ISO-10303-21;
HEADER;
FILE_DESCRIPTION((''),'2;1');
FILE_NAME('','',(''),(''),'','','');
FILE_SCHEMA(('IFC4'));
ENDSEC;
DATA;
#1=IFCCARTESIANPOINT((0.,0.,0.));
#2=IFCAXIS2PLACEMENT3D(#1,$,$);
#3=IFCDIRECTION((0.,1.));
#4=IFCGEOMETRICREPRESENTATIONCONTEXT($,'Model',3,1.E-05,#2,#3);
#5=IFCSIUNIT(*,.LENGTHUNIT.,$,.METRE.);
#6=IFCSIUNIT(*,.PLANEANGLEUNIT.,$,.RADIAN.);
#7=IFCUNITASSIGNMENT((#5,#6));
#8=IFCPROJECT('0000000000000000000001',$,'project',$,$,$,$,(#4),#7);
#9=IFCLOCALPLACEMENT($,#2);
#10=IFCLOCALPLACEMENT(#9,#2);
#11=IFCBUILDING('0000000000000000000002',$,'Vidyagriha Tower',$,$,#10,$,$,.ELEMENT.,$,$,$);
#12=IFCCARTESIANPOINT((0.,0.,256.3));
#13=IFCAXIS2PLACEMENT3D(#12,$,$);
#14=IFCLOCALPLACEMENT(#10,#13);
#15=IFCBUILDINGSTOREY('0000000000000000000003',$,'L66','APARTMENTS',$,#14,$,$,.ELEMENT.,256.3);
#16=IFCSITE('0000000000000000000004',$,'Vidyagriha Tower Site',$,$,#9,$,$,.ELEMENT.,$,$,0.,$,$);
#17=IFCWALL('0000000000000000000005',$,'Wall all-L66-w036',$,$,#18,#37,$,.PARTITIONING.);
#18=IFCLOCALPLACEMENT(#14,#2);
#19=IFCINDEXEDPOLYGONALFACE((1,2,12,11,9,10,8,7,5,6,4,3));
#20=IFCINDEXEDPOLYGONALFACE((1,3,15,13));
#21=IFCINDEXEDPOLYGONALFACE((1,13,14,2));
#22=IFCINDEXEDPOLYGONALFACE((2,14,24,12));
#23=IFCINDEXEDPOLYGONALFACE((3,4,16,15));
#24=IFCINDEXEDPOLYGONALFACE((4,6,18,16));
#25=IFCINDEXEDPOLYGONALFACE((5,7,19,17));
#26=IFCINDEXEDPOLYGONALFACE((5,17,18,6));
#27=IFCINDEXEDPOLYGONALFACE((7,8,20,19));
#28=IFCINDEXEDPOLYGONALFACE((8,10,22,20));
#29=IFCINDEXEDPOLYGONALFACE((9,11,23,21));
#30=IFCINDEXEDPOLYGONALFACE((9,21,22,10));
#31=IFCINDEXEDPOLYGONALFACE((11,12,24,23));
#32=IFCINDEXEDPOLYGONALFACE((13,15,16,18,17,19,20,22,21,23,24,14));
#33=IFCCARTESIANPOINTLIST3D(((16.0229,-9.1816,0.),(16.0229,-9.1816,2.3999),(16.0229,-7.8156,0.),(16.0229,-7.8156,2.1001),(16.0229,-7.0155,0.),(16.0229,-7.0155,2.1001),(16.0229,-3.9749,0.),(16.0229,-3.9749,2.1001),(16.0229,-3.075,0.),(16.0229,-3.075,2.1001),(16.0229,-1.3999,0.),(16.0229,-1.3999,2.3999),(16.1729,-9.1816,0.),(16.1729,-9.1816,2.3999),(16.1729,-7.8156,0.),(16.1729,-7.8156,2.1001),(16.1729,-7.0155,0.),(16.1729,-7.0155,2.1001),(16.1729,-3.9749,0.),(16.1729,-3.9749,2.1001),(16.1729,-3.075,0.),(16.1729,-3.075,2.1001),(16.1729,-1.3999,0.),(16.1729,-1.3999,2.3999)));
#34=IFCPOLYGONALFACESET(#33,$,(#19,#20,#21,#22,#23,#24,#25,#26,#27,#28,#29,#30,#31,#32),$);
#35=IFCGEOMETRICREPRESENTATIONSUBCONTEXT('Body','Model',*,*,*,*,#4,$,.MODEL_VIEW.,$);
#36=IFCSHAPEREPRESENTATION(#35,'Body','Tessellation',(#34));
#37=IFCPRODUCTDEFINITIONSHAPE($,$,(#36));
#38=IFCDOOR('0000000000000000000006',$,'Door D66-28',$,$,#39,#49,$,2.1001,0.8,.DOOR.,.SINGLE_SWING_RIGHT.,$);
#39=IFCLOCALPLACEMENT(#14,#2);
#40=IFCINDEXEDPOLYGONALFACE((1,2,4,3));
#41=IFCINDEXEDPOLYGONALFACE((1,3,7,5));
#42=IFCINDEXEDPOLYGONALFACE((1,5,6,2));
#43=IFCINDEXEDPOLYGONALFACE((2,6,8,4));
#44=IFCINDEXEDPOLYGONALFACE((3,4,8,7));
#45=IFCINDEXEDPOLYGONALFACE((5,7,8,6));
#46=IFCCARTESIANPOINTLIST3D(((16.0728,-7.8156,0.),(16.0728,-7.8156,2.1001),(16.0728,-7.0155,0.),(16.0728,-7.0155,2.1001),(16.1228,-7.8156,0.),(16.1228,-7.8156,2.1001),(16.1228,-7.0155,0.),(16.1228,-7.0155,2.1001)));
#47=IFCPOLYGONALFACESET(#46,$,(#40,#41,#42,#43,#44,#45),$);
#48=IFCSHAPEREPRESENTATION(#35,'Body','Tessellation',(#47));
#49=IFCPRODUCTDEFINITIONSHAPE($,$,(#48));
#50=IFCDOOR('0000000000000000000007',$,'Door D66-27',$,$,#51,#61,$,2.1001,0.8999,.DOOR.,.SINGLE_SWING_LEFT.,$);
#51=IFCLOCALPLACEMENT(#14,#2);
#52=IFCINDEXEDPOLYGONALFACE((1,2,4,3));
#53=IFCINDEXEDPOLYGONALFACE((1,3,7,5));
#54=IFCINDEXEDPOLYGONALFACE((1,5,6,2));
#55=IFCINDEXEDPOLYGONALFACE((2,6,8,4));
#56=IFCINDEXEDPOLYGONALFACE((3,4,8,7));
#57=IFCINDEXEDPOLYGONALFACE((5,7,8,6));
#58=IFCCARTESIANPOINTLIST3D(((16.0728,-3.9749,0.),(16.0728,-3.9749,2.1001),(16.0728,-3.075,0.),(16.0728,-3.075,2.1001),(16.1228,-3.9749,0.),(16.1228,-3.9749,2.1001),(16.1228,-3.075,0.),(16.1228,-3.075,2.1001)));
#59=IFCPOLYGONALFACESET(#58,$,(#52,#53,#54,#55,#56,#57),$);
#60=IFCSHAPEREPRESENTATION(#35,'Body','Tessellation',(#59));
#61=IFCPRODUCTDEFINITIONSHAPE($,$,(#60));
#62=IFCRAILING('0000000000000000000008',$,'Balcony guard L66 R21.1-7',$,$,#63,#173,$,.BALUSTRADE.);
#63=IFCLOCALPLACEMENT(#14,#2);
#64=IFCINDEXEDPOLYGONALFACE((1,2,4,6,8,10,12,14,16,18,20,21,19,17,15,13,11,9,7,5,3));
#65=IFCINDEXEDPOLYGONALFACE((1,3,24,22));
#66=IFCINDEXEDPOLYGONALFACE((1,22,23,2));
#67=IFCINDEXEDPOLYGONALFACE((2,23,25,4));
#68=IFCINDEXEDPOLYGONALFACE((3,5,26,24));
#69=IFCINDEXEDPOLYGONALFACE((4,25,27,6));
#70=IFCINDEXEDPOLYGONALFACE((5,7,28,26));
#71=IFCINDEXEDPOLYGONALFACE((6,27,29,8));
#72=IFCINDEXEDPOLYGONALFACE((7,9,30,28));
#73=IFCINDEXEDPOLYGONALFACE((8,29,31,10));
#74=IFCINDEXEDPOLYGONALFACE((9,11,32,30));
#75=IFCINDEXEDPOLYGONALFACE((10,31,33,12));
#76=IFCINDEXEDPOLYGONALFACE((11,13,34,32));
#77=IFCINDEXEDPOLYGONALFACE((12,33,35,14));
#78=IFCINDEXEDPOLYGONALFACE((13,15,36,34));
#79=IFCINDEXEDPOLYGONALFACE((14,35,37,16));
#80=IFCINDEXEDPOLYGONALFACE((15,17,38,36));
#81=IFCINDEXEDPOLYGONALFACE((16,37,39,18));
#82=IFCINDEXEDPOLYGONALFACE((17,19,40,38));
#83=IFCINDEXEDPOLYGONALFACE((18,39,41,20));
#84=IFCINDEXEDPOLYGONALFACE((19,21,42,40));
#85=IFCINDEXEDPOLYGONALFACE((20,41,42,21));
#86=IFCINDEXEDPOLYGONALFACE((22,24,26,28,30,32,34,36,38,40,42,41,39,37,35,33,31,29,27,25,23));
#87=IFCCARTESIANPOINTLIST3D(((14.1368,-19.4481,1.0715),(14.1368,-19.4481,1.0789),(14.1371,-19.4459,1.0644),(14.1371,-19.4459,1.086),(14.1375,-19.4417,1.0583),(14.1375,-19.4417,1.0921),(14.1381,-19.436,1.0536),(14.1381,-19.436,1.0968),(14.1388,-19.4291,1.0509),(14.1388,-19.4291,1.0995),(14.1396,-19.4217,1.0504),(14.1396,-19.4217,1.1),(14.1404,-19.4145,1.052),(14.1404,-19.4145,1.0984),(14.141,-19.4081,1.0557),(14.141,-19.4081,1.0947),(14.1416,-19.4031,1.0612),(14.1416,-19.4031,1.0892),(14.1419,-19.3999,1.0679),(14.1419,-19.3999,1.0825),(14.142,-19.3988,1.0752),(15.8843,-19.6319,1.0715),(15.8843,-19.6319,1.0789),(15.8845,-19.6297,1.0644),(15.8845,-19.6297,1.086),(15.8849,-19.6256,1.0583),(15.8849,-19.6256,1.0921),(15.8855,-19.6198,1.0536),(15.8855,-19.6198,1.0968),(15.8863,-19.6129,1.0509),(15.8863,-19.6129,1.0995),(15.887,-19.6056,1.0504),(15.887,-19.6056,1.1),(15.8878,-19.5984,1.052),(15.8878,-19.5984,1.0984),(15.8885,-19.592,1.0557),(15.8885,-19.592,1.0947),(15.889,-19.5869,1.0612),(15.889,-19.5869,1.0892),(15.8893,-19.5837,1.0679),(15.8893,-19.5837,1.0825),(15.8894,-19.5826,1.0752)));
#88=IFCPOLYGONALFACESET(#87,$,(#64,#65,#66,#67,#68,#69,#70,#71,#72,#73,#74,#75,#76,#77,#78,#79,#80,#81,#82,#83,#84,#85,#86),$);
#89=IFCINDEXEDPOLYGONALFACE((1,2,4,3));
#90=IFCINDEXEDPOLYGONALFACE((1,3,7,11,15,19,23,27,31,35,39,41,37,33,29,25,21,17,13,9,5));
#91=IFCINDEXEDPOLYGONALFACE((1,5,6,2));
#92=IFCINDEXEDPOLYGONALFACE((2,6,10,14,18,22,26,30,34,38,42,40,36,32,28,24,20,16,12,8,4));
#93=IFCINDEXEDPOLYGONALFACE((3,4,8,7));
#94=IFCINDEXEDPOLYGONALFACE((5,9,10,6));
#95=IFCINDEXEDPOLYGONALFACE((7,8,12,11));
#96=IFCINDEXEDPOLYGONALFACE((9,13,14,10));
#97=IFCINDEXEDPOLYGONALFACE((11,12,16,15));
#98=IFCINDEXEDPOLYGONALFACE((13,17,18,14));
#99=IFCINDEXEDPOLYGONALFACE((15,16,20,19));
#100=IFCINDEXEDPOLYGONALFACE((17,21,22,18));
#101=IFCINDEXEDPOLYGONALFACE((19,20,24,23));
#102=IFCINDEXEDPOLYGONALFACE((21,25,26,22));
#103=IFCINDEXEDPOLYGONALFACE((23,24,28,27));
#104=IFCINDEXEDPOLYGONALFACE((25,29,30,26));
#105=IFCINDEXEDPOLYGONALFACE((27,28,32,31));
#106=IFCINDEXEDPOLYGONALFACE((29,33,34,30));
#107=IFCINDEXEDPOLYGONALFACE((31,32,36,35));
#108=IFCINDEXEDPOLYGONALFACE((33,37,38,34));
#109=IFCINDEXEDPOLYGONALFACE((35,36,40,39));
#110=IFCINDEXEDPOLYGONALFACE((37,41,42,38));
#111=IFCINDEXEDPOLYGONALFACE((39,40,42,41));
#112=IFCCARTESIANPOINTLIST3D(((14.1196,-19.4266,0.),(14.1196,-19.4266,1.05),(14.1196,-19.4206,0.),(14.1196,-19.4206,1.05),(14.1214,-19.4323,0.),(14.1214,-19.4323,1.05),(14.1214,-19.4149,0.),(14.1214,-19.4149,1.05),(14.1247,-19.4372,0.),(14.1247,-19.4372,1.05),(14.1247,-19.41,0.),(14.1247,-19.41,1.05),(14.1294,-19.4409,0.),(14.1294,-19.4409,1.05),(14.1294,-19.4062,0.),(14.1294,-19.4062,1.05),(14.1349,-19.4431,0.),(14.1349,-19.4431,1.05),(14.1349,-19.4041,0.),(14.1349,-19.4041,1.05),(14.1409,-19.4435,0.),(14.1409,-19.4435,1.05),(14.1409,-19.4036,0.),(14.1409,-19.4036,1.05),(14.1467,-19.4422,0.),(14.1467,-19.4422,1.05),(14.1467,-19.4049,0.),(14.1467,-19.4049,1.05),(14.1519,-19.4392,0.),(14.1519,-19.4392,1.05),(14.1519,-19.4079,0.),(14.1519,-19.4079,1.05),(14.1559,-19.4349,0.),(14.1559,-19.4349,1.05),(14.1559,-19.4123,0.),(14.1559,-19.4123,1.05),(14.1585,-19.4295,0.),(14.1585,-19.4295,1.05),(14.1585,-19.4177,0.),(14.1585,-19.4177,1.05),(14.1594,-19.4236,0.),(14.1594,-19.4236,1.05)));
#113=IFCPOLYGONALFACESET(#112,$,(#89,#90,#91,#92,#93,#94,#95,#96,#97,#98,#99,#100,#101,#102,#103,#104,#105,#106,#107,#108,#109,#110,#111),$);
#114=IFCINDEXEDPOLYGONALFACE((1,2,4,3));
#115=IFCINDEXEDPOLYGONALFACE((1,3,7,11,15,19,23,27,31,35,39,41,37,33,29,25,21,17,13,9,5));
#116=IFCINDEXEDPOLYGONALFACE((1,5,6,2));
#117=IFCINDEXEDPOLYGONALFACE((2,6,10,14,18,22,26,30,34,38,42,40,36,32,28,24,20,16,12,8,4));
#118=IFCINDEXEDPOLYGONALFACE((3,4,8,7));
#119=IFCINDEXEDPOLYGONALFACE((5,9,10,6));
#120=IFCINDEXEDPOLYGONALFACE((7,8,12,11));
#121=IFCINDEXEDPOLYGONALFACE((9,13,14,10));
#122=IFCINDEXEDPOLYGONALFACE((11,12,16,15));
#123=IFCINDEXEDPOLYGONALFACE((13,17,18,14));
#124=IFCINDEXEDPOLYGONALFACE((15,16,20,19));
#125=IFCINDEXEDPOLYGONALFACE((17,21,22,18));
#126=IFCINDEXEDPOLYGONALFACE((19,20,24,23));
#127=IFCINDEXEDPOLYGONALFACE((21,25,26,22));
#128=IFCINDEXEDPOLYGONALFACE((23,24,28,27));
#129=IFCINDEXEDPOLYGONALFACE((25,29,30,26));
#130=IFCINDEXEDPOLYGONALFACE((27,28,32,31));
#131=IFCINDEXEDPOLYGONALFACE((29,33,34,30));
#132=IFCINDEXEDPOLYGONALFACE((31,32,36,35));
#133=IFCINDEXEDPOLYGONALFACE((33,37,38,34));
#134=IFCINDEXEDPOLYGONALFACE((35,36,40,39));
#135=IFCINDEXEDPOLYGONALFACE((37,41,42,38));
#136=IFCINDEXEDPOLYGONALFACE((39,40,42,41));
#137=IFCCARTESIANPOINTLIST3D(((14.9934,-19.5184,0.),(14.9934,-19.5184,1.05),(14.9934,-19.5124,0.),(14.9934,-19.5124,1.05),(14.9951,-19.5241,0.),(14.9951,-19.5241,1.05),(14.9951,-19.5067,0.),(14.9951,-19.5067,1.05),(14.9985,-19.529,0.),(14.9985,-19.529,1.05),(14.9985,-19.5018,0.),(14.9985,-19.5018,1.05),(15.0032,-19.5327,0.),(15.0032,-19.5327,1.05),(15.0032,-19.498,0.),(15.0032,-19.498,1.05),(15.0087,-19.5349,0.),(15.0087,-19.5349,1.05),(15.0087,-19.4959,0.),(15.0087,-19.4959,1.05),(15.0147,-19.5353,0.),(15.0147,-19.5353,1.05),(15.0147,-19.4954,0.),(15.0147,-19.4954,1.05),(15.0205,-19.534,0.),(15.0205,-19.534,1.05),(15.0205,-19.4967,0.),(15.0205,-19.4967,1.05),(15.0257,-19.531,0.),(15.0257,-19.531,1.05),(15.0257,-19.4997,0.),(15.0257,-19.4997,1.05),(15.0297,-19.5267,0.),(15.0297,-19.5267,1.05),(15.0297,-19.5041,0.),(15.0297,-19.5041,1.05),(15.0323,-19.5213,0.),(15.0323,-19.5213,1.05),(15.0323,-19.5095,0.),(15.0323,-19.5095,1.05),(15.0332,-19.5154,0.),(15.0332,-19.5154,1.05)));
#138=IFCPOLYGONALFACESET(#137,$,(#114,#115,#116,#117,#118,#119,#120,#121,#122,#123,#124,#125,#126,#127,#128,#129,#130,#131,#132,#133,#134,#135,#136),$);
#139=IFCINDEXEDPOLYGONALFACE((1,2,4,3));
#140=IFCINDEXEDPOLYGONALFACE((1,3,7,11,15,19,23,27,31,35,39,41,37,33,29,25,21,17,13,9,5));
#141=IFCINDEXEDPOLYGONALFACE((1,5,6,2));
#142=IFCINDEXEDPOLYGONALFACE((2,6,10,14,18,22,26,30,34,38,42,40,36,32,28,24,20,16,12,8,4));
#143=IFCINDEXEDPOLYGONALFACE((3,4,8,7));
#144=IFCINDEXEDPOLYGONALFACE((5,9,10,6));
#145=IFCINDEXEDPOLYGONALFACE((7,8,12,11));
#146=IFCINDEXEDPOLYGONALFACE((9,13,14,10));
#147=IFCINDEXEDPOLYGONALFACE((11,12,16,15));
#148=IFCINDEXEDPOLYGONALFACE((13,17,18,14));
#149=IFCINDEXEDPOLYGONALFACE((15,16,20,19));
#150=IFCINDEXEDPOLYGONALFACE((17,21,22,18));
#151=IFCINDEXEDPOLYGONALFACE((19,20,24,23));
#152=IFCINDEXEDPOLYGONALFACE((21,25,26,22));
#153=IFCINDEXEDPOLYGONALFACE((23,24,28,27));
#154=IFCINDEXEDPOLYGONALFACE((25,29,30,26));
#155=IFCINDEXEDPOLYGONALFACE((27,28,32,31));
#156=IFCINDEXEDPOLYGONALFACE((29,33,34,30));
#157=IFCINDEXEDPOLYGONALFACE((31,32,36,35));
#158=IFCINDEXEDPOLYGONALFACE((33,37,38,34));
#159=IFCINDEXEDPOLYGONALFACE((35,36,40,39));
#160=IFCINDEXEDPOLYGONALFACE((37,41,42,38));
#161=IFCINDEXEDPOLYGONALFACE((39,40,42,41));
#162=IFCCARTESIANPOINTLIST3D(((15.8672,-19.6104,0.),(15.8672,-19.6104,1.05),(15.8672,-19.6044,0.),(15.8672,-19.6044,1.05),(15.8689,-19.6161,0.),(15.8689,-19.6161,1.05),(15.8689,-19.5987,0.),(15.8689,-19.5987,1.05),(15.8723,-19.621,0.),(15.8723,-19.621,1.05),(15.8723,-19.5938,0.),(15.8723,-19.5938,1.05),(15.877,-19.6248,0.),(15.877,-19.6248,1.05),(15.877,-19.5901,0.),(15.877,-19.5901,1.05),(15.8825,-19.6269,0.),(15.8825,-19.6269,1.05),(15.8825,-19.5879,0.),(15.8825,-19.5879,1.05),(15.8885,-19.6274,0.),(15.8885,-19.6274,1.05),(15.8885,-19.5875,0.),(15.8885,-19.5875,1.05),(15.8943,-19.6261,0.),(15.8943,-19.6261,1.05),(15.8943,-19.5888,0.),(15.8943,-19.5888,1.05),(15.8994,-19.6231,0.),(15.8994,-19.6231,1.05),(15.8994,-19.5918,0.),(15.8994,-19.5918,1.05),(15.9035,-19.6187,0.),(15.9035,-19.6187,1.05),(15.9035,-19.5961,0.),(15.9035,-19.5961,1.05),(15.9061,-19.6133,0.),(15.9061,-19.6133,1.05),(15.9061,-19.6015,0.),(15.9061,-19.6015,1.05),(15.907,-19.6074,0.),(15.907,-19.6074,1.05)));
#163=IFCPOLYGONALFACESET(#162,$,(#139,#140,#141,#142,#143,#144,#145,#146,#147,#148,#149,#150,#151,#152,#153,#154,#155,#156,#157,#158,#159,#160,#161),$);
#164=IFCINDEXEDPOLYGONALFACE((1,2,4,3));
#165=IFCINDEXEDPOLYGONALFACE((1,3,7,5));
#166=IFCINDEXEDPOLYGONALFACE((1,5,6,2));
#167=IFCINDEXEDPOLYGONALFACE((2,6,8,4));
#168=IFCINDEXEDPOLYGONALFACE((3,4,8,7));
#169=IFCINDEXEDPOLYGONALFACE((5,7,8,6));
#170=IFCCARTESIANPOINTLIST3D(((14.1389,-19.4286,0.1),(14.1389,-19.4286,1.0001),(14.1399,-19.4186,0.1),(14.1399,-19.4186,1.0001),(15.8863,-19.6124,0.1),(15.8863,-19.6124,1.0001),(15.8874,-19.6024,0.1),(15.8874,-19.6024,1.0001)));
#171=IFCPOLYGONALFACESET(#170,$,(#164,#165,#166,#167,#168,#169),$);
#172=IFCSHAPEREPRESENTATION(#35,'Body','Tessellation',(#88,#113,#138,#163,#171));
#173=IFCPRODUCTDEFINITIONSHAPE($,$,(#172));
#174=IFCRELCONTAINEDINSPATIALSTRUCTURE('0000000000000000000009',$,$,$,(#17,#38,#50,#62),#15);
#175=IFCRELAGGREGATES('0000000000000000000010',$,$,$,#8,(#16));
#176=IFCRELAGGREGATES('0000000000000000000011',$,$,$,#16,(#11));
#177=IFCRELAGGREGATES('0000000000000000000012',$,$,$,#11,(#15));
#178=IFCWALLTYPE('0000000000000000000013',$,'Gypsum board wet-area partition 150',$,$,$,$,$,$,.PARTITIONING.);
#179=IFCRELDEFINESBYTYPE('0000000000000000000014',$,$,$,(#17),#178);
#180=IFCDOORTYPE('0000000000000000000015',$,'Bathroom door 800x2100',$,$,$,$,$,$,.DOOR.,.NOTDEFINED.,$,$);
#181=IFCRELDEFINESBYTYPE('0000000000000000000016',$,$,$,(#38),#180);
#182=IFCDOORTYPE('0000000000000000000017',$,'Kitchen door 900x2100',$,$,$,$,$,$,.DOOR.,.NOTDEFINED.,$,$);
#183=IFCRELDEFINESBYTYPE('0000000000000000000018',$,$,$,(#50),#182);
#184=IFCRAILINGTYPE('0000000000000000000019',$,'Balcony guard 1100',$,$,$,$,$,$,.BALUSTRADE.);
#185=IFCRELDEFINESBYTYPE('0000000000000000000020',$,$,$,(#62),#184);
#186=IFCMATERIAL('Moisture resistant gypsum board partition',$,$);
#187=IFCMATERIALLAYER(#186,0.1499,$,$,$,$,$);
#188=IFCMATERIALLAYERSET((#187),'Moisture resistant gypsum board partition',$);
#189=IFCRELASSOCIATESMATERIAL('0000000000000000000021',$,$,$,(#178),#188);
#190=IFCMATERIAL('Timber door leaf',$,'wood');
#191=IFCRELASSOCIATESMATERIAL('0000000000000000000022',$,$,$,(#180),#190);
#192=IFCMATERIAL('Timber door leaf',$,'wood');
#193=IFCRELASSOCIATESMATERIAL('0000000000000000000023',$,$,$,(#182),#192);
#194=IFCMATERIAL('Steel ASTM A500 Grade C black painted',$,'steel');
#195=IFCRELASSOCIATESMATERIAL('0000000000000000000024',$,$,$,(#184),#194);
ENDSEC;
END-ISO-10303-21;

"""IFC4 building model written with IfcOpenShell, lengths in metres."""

from ifc_helpers import new_model, si_unit, direction, frame, frame_2d, origin, origin_2d, place, context, subcontext, project, spatial, rectangle, circle, extrude, material, layer, layer_set, type_object, element, fill, save


model = new_model("IFC4")

# Units and contexts
model_context = context("Model", 3, precision=1e-05, world=origin(), true_north=direction((0.0, 1.0)))
body_context = subcontext(model_context, "Body", "Model", "MODEL_VIEW")
ifc_project = project(units=[si_unit("LENGTHUNIT", "METRE"), si_unit("PLANEANGLEUNIT", "RADIAN")], contexts=[model_context])

# Site, building, storey
site_placement = place(None, origin())
site = spatial("IfcSite", under=ifc_project, at=site_placement, Name="Vidyagriha Tower Site", CompositionType="ELEMENT", RefElevation=0.0)
building_placement = place(site_placement, origin())
building = spatial("IfcBuilding", under=site, at=building_placement, Name="Vidyagriha Tower", CompositionType="ELEMENT")
storey_placement = place(building_placement, frame((0.0, 0.0, 256.3)))
storey = spatial("IfcBuildingStorey", under=building, at=storey_placement, Name="L66", Description="APARTMENTS", CompositionType="ELEMENT", Elevation=256.3)

# Wall, openings, doors
ifc_material_1 = material(Name="Moisture resistant gypsum board partition")
ifc_layer_1 = layer(ifc_material_1, 0.1499)
ifc_layer_set_1 = layer_set([ifc_layer_1], Name="Moisture resistant gypsum board partition")
wall_type_1 = type_object("IfcWallType", Name="Gypsum board wet-area partition 150", PredefinedType="PARTITIONING", material=ifc_layer_set_1)
wall_1_placement = place(storey_placement, frame((16.0979, -1.3999, 0.0), z_axis=(0.0, 0.0, 1.0), x_axis=(0.0, -1.0, 0.0)))
wall_1 = element("IfcWall", 1, at=wall_1_placement, inside=storey, type_object=wall_type_1, Name="Wall all-L66-w036", PredefinedType="PARTITIONING", context=body_context, shape_type="SweptSolid", body=[
    extrude(rectangle(XDim=7.7817, YDim=0.1499, at=frame_2d((3.8909, 0.0))), origin(), (0.0, 0.0, 1.0), 2.3999),
])
opening_1_placement = place(wall_1_placement, frame((1.675, 0.0, 0.0)))
opening_1 = element("IfcOpeningElement", 2, at=opening_1_placement, cuts=wall_1, PredefinedType="OPENING", context=body_context, shape_type="SweptSolid", body=[
    extrude(rectangle(XDim=0.8999, YDim=2.1001, at=frame_2d((0.45, 1.05))), frame((0.0, 0.085, 0.0), z_axis=(0.0, -1.0, 0.0), x_axis=(1.0, 0.0, 0.0)), (0.0, 0.0, 1.0), 0.1699),
])
opening_2_placement = place(wall_1_placement, frame((5.6157, 0.0, 0.0)))
opening_2 = element("IfcOpeningElement", 3, at=opening_2_placement, cuts=wall_1, PredefinedType="OPENING", context=body_context, shape_type="SweptSolid", body=[
    extrude(rectangle(XDim=0.8, YDim=2.1001, at=frame_2d((0.3999, 1.05))), frame((0.0, 0.085, 0.0), z_axis=(0.0, -1.0, 0.0), x_axis=(1.0, 0.0, 0.0)), (0.0, 0.0, 1.0), 0.1699),
])
ifc_material_2 = material(Name="Timber door leaf", Category="wood")
door_type_1 = type_object("IfcDoorType", Name="Bathroom door 800x2100", OperationType="NOTDEFINED", PredefinedType="DOOR", material=ifc_material_2)
door_1_placement = place(opening_2_placement, origin())
door_1 = element("IfcDoor", 4, at=door_1_placement, inside=storey, type_object=door_type_1, Name="Door D66-28", OperationType="SINGLE_SWING_RIGHT", OverallHeight=2.1001, OverallWidth=0.8, PredefinedType="DOOR", context=body_context, shape_type="SweptSolid", body=[
    extrude(rectangle(XDim=0.8, YDim=2.1001, at=frame_2d((0.3999, 1.05))), frame((0.0, 0.0249, 0.0), z_axis=(0.0, -1.0, 0.0), x_axis=(1.0, 0.0, 0.0)), (0.0, 0.0, 1.0), 0.05),
])
fill(opening_2, door_1)
ifc_material_3 = material(Name="Timber door leaf", Category="wood")
door_type_2 = type_object("IfcDoorType", Name="Kitchen door 900x2100", OperationType="NOTDEFINED", PredefinedType="DOOR", material=ifc_material_3)
door_2_placement = place(opening_1_placement, origin())
door_2 = element("IfcDoor", 5, at=door_2_placement, inside=storey, type_object=door_type_2, Name="Door D66-27", OperationType="SINGLE_SWING_LEFT", OverallHeight=2.1001, OverallWidth=0.8999, PredefinedType="DOOR", context=body_context, shape_type="SweptSolid", body=[
    extrude(rectangle(XDim=0.8999, YDim=2.1001, at=frame_2d((0.45, 1.05))), frame((0.0, 0.0249, 0.0), z_axis=(0.0, -1.0, 0.0), x_axis=(1.0, 0.0, 0.0)), (0.0, 0.0, 1.0), 0.05),
])
fill(opening_1, door_2)

# Railing
ifc_material_4 = material(Name="Steel ASTM A500 Grade C black painted", Category="steel")
railing_type = type_object("IfcRailingType", Name="Balcony guard 1100", PredefinedType="BALUSTRADE", material=ifc_material_4)
railing_1_placement = place(storey_placement, frame((14.1394, -19.4236, 0.0)))
element("IfcRailing", 6, at=railing_1_placement, inside=storey, type_object=railing_type, Name="Balcony guard L66 R21.1-7", PredefinedType="BALUSTRADE", context=body_context, shape_type="SweptSolid", body=[
    extrude(circle(Radius=0.0249, at=origin_2d()), frame((0.0, 0.0, 1.0752), z_axis=(0.994512, -0.10462, 0.0), x_axis=(0.10462, 0.994512, 0.0)), (0.0, 0.0, 1.0), 1.7571),
    extrude(circle(Radius=0.02, at=origin_2d()), origin(), (0.0, 0.0, 1.0), 1.05),
    extrude(circle(Radius=0.02, at=origin_2d()), frame((0.8738, -0.0918, 0.0)), (0.0, 0.0, 1.0), 1.05),
    extrude(circle(Radius=0.02, at=origin_2d()), frame((1.7476, -0.1838, 0.0)), (0.0, 0.0, 1.0), 1.05),
    extrude(rectangle(XDim=0.01, YDim=0.9001, at=origin_2d()), frame((0.0, 0.0, 0.55), z_axis=(0.994512, -0.10462, 0.0), x_axis=(0.10462, 0.994512, 0.0)), (0.0, 0.0, 1.0), 1.7571),
])

save(model, "model.ifc")
